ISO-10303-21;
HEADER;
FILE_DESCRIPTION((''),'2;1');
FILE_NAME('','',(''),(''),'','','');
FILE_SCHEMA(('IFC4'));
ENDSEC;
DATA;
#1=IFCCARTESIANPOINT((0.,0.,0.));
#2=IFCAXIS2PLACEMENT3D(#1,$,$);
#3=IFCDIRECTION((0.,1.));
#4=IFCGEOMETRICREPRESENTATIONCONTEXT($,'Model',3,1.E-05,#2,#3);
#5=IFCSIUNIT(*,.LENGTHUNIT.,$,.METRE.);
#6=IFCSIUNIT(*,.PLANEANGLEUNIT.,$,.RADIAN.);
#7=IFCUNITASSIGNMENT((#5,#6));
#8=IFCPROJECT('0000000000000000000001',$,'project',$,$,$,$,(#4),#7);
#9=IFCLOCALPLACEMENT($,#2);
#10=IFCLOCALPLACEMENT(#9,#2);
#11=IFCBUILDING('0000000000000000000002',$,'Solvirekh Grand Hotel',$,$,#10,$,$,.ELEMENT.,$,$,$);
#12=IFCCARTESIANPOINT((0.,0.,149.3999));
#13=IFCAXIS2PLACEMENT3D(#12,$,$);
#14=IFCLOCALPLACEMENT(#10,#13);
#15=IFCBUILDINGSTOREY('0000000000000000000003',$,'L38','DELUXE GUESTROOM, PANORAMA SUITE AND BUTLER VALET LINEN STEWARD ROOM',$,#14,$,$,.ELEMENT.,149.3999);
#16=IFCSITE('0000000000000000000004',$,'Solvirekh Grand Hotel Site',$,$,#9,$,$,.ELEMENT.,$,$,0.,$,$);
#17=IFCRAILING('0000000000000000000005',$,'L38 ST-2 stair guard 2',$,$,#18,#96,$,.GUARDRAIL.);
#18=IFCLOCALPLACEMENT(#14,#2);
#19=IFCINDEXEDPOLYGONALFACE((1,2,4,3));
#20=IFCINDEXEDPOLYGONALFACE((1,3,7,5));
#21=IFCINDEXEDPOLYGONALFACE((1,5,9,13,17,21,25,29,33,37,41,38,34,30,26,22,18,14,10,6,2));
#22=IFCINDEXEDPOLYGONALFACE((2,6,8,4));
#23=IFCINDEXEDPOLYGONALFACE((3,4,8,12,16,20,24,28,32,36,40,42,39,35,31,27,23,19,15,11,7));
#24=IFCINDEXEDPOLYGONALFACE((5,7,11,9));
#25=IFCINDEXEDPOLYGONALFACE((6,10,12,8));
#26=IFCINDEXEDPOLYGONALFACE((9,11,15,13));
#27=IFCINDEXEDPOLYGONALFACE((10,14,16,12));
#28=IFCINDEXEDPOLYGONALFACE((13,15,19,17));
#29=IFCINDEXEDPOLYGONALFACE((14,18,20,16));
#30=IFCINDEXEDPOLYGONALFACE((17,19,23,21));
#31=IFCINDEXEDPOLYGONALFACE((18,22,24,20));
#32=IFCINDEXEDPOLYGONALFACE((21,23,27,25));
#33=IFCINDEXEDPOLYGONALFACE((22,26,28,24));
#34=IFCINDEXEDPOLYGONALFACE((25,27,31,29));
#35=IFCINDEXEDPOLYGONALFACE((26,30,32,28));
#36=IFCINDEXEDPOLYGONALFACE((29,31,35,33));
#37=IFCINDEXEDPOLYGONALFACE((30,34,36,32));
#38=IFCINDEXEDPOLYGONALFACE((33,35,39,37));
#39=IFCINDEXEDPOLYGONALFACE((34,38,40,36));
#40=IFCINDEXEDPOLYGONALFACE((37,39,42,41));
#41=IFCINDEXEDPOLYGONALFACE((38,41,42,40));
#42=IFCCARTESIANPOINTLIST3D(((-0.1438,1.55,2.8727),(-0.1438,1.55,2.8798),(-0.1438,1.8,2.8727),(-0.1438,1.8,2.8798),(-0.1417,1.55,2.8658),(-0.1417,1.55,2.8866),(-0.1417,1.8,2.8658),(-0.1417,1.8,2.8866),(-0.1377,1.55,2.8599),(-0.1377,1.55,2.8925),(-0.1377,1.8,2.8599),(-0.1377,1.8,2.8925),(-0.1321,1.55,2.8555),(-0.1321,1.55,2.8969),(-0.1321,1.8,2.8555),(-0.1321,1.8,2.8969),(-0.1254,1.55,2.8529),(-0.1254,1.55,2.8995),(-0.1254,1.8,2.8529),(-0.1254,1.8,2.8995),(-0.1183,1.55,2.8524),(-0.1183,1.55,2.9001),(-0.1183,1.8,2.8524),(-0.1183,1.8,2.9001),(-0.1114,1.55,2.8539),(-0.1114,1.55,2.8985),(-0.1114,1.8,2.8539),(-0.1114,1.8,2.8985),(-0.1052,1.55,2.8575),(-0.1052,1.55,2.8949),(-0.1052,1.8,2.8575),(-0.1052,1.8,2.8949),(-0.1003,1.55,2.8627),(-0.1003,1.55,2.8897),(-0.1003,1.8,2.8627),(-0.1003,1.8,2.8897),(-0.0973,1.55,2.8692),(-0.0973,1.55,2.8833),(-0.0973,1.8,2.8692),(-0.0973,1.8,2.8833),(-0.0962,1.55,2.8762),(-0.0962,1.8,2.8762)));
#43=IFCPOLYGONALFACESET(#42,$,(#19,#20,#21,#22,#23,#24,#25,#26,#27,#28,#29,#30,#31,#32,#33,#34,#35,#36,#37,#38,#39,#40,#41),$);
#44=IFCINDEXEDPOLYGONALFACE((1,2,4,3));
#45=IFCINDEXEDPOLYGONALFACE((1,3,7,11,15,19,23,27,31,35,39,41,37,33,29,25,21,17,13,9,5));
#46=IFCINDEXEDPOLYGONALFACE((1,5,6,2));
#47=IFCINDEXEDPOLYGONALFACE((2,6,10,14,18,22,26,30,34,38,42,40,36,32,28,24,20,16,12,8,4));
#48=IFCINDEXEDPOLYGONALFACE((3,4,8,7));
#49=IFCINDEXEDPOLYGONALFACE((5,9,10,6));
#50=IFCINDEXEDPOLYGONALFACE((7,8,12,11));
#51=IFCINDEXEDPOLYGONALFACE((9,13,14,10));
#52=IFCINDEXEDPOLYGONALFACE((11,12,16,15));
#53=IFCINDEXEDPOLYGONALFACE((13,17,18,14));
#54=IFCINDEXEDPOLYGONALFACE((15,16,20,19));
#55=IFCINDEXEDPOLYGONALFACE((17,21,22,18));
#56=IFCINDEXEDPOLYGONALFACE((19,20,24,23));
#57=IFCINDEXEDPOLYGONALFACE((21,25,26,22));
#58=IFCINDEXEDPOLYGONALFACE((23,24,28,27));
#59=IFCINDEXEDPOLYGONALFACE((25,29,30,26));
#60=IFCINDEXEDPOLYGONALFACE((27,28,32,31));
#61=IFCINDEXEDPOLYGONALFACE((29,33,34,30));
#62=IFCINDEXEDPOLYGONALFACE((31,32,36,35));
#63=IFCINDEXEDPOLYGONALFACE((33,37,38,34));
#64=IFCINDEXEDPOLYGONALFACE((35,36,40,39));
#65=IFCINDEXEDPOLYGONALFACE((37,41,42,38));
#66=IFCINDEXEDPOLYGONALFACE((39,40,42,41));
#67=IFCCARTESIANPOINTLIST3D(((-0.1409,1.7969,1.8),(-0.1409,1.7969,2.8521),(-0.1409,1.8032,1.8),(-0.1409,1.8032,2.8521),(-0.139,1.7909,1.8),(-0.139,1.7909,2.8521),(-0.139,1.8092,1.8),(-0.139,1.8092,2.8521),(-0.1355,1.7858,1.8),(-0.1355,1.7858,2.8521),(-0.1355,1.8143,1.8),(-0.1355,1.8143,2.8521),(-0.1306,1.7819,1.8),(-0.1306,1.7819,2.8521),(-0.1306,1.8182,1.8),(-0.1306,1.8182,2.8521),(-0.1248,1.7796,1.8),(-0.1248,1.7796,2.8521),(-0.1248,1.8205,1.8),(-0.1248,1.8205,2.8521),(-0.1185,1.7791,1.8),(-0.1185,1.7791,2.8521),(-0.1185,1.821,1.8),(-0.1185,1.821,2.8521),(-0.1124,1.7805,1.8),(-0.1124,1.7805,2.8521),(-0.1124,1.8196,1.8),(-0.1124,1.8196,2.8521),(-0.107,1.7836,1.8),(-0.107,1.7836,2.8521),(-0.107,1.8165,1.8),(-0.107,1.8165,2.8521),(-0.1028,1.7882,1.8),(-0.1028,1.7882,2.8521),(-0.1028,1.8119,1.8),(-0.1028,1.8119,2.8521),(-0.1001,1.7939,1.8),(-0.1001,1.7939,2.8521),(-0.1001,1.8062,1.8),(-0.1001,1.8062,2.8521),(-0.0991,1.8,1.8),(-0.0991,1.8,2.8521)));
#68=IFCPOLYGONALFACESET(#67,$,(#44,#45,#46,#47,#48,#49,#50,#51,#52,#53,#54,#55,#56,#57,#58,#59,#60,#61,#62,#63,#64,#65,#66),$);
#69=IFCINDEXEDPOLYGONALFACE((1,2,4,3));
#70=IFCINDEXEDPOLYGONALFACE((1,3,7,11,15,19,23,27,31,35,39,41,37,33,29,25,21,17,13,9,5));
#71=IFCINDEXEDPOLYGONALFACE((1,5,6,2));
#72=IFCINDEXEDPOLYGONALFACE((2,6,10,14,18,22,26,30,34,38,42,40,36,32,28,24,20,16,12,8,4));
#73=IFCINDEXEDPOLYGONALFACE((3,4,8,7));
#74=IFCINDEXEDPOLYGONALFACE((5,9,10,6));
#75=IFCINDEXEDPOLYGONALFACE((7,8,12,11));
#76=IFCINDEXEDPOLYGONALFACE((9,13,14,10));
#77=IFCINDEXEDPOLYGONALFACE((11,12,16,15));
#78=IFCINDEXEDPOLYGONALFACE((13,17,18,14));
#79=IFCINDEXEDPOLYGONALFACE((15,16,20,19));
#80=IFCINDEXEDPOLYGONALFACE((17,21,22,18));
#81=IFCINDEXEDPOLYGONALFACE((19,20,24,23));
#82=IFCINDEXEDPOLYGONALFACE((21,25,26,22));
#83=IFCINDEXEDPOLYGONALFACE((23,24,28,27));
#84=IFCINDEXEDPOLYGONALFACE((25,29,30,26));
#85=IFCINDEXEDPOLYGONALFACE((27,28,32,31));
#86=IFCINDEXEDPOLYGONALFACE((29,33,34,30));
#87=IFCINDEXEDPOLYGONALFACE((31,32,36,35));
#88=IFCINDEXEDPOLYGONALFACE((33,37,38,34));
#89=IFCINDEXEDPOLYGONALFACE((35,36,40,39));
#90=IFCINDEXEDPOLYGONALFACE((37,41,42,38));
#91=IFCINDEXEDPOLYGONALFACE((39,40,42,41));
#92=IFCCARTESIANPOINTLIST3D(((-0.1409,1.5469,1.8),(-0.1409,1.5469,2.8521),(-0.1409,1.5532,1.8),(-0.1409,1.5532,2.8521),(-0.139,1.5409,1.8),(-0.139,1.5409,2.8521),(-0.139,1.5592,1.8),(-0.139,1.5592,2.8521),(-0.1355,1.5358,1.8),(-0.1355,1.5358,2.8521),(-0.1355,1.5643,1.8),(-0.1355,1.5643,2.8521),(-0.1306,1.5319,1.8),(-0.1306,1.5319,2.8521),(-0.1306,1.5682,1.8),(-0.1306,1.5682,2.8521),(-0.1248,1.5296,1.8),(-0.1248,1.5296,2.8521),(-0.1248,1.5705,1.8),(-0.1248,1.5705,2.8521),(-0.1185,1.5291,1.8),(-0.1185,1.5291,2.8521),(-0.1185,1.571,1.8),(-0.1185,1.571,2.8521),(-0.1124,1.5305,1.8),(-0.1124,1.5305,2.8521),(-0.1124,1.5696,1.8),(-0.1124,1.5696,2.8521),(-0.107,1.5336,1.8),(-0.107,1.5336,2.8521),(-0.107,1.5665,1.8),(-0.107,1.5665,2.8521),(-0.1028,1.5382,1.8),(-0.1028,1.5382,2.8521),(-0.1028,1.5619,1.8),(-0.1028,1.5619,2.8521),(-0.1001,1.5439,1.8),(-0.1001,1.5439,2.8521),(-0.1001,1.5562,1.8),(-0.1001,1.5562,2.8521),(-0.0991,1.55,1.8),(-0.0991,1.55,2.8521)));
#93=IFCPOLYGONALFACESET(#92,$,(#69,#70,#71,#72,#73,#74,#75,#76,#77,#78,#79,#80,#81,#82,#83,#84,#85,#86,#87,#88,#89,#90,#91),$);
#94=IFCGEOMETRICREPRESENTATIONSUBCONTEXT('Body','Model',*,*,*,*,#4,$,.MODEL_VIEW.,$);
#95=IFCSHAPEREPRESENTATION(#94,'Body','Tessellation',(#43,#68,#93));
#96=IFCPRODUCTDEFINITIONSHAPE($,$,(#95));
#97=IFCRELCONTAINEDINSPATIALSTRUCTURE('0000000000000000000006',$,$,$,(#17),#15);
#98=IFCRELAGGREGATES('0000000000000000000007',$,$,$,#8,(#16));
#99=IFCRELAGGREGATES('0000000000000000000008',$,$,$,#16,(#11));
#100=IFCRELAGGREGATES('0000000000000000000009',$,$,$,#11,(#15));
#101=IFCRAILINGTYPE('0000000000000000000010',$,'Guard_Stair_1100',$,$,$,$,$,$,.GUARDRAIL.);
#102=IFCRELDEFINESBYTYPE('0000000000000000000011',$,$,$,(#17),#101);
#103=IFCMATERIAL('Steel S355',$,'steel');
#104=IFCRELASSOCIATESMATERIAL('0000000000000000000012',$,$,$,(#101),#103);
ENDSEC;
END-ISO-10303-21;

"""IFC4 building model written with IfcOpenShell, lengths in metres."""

from ifc_helpers import new_model, si_unit, direction, frame, origin, origin_2d, place, context, subcontext, project, spatial, circle, extrude, material, type_object, element, save


model = new_model("IFC4")

# Units and contexts
model_context = context("Model", 3, precision=1e-05, world=origin(), true_north=direction((0.0, 1.0)))
body_context = subcontext(model_context, "Body", "Model", "MODEL_VIEW")
ifc_project = project(units=[si_unit("LENGTHUNIT", "METRE"), si_unit("PLANEANGLEUNIT", "RADIAN")], contexts=[model_context])

# Site, building, storey
site_placement = place(None, origin())
site = spatial("IfcSite", under=ifc_project, at=site_placement, Name="Solvirekh Grand Hotel Site", CompositionType="ELEMENT", RefElevation=0.0)
building_placement = place(site_placement, origin())
building = spatial("IfcBuilding", under=site, at=building_placement, Name="Solvirekh Grand Hotel", CompositionType="ELEMENT")
storey_placement = place(building_placement, frame((0.0, 0.0, 149.3999)))
storey = spatial("IfcBuildingStorey", under=building, at=storey_placement, Name="L38", Description="DELUXE GUESTROOM, PANORAMA SUITE AND BUTLER VALET LINEN STEWARD ROOM", CompositionType="ELEMENT", Elevation=149.3999)

# Shared definitions
ifc_material_1 = material(Name="Steel S355", Category="steel")

# Railing
railing_type_1 = type_object("IfcRailingType", Name="Guard_Stair_1100", PredefinedType="GUARDRAIL", material=ifc_material_1)
railing_1_placement = place(storey_placement, frame((-0.1201, 1.8, 1.8)))
element("IfcRailing", 1, at=railing_1_placement, inside=storey, type_object=railing_type_1, Name="L38 ST-2 stair guard 2", PredefinedType="GUARDRAIL", context=body_context, shape_type="SweptSolid", body=[
    extrude(circle(Radius=0.0239, at=origin_2d()), frame((0.0, 0.0, 1.0762), z_axis=(0.0, -1.0, 0.0), x_axis=(1.0, 0.0, 0.0)), (0.0, 0.0, 1.0), 0.25),
    extrude(circle(Radius=0.021, at=origin_2d()), origin(), (0.0, 0.0, 1.0), 1.052),
    extrude(circle(Radius=0.021, at=origin_2d()), frame((0.0, -0.25, 0.0)), (0.0, 0.0, 1.0), 1.052),
])

save(model, "model.ifc")
